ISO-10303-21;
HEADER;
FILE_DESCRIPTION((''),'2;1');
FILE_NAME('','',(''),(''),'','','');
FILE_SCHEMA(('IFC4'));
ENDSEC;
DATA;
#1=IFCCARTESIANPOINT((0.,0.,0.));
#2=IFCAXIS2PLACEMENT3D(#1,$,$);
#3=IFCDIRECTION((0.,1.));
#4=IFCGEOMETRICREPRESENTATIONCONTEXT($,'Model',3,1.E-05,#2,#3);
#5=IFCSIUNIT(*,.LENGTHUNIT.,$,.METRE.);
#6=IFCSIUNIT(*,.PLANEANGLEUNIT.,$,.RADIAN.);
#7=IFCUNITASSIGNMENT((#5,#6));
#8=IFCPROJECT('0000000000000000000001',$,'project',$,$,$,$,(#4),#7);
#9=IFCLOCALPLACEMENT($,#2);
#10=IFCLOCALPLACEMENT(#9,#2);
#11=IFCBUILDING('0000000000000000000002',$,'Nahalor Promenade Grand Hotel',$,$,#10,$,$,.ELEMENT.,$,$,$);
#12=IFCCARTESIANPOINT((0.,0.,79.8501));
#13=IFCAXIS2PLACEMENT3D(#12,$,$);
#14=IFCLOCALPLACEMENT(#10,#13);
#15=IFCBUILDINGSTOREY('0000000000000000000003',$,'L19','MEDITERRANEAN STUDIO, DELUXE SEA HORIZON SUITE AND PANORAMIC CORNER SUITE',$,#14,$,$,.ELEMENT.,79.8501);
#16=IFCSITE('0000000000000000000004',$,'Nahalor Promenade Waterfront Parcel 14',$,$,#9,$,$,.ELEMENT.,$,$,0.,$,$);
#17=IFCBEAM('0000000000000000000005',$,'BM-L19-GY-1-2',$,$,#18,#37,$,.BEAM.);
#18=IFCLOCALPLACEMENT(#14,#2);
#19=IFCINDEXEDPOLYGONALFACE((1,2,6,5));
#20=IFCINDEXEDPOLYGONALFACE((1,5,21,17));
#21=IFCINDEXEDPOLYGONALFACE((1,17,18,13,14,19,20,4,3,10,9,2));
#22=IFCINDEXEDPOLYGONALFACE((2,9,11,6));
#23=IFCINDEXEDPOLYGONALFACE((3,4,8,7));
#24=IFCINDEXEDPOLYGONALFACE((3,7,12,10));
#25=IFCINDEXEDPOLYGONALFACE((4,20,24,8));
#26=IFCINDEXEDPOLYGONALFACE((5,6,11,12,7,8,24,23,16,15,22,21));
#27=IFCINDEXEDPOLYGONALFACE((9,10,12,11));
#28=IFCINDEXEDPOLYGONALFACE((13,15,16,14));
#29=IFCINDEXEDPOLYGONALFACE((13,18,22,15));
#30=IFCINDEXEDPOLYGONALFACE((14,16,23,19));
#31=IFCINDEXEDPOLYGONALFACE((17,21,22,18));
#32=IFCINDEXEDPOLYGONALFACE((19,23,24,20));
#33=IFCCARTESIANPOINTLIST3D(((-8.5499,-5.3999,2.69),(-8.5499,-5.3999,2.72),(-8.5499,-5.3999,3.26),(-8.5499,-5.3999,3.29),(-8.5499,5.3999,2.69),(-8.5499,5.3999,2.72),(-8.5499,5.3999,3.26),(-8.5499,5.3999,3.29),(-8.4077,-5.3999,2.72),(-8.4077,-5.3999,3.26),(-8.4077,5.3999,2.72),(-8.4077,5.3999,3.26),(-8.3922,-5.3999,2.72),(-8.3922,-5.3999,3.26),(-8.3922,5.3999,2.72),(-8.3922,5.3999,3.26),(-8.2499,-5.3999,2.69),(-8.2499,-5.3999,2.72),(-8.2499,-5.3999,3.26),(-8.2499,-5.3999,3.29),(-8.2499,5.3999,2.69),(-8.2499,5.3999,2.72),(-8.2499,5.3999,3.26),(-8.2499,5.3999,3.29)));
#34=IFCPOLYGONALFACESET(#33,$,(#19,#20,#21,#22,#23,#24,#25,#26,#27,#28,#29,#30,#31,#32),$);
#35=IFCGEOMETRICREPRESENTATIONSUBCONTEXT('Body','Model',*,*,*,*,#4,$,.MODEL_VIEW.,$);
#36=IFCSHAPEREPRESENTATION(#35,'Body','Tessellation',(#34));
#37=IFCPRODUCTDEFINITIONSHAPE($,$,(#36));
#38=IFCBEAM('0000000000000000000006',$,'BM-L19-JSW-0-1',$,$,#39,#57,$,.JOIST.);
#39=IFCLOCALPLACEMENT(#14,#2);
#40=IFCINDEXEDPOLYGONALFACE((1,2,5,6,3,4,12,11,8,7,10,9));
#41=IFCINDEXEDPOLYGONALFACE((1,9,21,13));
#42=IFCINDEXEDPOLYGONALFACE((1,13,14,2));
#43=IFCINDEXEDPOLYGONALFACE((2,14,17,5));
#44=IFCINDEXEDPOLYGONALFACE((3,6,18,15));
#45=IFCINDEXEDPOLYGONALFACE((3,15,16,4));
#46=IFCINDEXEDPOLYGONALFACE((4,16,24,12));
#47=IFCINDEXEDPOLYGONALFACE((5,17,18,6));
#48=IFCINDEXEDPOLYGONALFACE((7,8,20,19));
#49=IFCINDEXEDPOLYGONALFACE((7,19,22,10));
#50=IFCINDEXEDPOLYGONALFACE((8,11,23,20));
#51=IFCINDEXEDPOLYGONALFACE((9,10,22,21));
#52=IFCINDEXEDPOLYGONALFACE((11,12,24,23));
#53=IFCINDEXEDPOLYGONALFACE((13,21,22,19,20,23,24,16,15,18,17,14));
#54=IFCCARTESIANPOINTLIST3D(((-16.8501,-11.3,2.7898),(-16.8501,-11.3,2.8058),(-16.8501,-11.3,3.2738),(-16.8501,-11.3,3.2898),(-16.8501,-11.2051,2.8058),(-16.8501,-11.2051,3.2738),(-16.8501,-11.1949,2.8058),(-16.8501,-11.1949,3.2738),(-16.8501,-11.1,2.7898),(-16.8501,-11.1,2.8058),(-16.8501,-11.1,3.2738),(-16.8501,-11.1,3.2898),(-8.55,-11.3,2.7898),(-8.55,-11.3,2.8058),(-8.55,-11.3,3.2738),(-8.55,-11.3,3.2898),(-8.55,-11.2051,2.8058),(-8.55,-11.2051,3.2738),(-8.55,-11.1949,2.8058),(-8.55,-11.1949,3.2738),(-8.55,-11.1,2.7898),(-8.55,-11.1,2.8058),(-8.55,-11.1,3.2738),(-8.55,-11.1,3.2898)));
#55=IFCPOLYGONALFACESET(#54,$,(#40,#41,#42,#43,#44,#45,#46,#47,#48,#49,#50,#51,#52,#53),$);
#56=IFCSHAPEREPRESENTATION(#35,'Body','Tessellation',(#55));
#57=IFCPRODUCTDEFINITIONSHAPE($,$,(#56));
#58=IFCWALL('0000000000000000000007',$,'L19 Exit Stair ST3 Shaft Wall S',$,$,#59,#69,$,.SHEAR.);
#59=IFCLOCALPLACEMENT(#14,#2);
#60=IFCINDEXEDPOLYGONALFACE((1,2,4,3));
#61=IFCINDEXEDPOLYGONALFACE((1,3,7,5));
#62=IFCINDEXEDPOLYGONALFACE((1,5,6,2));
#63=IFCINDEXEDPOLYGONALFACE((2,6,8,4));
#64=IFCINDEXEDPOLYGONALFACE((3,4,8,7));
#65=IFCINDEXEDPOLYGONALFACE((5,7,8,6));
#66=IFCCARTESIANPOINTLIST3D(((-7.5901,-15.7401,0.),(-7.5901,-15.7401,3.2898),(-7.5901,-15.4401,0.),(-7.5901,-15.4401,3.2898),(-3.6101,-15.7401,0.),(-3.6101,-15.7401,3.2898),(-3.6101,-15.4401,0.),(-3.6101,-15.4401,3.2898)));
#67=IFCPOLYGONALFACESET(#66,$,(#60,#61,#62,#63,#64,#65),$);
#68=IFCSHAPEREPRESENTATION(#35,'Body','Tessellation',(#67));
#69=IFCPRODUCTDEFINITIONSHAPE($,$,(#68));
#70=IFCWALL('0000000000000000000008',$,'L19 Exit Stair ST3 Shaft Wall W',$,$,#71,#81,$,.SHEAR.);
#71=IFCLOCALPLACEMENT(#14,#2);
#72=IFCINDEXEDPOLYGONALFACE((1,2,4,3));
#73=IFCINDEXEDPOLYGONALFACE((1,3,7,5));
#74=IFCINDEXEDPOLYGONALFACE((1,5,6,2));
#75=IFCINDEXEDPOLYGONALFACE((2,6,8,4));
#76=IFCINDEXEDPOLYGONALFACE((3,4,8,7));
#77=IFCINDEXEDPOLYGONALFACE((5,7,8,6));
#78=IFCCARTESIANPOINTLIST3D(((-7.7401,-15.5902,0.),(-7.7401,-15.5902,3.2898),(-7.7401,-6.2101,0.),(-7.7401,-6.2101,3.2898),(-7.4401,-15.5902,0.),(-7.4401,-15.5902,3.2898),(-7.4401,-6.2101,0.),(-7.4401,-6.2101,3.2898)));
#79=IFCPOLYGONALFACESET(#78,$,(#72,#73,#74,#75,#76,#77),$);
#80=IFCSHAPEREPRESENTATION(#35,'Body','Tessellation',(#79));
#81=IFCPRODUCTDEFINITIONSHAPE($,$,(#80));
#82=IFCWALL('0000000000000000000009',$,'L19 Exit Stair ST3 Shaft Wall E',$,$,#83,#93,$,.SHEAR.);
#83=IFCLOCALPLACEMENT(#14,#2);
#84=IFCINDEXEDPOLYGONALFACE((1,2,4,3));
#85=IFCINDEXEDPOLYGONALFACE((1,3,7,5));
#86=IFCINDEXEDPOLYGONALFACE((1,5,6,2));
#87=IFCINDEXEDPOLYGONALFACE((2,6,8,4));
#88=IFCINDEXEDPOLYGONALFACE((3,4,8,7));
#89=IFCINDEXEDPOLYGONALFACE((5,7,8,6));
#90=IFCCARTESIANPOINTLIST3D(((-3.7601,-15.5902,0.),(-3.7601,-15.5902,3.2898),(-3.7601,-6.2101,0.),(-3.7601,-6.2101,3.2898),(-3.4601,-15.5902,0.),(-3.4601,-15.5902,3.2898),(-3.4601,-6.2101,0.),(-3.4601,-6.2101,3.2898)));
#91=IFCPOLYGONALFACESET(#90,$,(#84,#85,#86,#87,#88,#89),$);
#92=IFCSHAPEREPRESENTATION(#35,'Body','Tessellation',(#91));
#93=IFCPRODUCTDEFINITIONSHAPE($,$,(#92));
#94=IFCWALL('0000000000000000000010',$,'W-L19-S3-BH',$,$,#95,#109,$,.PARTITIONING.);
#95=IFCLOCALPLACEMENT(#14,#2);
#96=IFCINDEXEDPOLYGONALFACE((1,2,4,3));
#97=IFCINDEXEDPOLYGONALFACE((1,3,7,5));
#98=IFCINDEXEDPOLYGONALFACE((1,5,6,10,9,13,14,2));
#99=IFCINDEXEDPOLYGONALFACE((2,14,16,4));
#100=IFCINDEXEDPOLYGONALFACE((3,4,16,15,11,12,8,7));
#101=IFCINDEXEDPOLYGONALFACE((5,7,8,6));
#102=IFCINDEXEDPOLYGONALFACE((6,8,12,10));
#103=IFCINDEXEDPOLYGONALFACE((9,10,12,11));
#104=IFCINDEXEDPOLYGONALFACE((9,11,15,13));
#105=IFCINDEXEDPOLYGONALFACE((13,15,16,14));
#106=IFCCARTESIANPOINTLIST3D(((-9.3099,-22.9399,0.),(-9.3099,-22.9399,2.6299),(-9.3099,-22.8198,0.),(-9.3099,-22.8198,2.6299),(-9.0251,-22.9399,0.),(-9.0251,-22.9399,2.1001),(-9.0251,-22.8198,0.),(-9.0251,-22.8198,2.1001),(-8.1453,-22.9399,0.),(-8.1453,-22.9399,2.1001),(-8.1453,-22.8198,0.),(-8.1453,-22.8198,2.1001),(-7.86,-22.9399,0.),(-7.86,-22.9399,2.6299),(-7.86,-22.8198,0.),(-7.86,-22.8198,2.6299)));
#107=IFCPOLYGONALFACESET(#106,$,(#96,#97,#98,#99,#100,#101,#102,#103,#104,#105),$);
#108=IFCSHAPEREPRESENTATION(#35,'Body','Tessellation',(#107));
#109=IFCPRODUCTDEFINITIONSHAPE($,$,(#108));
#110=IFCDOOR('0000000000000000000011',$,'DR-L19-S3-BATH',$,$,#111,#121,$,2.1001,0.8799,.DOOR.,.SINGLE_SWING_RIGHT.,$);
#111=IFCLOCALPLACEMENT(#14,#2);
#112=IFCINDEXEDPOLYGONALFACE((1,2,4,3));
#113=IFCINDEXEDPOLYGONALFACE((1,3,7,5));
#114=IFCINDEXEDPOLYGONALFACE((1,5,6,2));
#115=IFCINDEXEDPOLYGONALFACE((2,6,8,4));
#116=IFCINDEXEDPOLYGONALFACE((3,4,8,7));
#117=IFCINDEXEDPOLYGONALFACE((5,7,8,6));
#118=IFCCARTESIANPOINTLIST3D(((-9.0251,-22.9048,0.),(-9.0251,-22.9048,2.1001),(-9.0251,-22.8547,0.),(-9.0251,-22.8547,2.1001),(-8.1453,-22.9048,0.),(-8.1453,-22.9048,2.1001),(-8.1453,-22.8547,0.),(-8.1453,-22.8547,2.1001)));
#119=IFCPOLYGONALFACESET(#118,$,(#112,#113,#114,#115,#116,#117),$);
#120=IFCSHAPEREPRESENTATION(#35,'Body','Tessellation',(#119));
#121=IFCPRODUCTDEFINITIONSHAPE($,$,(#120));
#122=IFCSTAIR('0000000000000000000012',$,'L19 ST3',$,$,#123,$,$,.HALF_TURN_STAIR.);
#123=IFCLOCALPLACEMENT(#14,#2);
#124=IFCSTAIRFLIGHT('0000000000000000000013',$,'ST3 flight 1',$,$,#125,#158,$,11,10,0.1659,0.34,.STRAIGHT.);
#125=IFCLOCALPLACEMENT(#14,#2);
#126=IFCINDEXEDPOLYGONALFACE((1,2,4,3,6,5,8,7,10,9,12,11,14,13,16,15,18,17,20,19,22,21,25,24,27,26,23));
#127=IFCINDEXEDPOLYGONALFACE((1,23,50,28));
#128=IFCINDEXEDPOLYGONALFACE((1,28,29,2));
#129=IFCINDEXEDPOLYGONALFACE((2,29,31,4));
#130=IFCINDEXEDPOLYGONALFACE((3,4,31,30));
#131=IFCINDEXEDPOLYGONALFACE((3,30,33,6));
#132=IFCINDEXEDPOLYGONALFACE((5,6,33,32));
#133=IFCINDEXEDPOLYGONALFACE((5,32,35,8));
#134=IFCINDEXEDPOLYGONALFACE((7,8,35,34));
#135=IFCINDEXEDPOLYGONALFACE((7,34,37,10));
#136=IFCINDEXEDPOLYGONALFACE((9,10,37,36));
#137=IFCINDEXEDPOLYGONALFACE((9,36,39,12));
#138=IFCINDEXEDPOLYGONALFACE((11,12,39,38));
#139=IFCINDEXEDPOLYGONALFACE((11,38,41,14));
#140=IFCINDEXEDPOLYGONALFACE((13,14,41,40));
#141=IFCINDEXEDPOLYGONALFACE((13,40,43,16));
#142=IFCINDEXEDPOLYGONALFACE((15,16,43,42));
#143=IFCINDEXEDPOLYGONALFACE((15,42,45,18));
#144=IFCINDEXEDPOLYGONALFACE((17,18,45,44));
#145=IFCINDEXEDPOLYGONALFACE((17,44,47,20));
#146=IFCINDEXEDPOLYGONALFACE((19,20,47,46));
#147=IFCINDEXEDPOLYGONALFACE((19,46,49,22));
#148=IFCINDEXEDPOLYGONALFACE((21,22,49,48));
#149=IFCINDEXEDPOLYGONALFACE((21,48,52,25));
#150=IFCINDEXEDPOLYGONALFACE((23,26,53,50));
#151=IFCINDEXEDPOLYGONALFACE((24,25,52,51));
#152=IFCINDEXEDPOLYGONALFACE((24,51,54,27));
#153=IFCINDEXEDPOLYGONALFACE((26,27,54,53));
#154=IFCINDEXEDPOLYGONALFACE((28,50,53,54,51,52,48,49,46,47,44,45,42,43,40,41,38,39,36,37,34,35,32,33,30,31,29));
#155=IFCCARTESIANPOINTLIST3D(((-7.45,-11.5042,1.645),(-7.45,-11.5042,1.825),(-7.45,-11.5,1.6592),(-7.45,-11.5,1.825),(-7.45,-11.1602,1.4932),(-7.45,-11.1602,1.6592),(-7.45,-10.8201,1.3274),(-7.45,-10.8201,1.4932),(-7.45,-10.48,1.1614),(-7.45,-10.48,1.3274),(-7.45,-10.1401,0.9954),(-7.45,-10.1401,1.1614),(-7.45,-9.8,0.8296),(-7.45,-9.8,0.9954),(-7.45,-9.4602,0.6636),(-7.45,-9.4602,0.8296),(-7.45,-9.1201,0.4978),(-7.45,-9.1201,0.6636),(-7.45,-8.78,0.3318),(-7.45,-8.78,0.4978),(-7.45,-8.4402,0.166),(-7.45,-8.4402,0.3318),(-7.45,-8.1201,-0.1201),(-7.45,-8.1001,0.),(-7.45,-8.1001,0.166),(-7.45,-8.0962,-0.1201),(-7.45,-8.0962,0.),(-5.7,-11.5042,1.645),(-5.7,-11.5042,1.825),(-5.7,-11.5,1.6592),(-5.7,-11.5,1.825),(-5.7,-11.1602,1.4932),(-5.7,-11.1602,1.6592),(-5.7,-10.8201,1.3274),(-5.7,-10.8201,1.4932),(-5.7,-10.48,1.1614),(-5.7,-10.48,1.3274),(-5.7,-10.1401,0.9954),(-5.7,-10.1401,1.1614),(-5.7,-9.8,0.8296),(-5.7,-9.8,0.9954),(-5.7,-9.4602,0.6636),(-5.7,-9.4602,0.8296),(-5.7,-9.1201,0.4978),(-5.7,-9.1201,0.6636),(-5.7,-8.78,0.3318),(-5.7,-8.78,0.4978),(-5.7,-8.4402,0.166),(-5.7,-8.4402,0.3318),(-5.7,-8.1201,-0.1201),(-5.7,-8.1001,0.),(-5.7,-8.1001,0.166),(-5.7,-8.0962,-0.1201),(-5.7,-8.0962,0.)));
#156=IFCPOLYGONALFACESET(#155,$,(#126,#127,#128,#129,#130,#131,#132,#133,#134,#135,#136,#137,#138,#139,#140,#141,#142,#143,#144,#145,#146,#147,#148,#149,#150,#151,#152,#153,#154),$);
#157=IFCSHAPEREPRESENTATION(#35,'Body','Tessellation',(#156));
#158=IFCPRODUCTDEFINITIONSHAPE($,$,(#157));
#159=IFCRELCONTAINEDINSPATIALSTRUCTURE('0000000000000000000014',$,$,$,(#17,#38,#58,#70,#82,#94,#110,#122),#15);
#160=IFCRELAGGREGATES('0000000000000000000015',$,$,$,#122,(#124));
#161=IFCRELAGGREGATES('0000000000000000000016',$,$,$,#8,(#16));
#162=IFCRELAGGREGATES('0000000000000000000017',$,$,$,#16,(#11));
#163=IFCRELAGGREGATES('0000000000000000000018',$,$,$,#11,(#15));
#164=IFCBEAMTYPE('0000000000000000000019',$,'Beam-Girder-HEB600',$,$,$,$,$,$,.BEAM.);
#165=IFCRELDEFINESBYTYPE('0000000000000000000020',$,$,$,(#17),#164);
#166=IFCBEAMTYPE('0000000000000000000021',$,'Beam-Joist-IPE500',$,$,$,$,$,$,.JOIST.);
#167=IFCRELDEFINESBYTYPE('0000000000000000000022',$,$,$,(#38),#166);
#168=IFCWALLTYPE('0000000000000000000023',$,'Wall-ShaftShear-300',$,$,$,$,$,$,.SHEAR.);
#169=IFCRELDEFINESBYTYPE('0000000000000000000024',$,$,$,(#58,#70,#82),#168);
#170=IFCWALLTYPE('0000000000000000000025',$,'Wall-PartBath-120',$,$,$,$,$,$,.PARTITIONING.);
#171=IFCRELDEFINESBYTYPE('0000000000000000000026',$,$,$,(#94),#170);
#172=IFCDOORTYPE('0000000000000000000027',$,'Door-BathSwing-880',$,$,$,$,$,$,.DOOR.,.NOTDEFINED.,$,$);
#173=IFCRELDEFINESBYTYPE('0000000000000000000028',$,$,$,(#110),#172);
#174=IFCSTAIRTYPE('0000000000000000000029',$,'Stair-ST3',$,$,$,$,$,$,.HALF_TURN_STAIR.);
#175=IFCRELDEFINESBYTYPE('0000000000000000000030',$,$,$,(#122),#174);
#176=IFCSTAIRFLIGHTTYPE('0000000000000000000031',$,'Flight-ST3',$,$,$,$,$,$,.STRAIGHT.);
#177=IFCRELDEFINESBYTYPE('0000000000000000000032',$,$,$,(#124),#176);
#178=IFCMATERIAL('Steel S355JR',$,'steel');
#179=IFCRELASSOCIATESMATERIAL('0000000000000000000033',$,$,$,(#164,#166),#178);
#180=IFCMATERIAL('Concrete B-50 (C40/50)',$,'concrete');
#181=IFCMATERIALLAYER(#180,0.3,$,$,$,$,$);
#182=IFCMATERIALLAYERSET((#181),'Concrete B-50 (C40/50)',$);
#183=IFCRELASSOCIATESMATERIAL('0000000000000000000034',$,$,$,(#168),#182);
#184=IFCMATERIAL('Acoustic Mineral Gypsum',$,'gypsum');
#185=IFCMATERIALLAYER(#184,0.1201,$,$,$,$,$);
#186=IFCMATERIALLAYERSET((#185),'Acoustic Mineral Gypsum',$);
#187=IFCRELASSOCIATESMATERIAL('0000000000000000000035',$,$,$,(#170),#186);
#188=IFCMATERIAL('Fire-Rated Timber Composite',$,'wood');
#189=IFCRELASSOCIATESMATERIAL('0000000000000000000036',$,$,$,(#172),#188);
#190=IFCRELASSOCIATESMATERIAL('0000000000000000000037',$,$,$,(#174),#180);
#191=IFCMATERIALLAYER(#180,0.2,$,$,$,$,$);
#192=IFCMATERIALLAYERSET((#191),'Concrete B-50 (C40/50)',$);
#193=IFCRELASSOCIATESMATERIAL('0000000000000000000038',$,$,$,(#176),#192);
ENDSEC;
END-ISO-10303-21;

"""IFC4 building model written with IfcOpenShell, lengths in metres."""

from ifc_helpers import new_model, si_unit, direction, frame, frame_2d, origin, origin_2d, place, context, subcontext, project, spatial, polyline, rectangle, i_section, outline, extrude, source, transform, mapped, material, layer, layer_set, material_profile, profile_set, type_object, element, fill, aggregate, save


model = new_model("IFC4")

# Units and contexts
model_context = context("Model", 3, precision=1e-05, world=origin(), true_north=direction((0.0, 1.0)))
body_context = subcontext(model_context, "Body", "Model", "MODEL_VIEW")
ifc_project = project(units=[si_unit("LENGTHUNIT", "METRE"), si_unit("PLANEANGLEUNIT", "RADIAN")], contexts=[model_context])

# Site, building, storey
site_placement = place(None, origin())
site = spatial("IfcSite", under=ifc_project, at=site_placement, Name="Nahalor Promenade Waterfront Parcel 14", CompositionType="ELEMENT", RefElevation=0.0)
building_placement = place(site_placement, origin())
building = spatial("IfcBuilding", under=site, at=building_placement, Name="Nahalor Promenade Grand Hotel", CompositionType="ELEMENT")
storey_placement = place(building_placement, frame((0.0, 0.0, 79.8501)))
storey = spatial("IfcBuildingStorey", under=building, at=storey_placement, Name="L19", Description="MEDITERRANEAN STUDIO, DELUXE SEA HORIZON SUITE AND PANORAMIC CORNER SUITE", CompositionType="ELEMENT", Elevation=79.8501)

# Beams
ifc_material_1 = material(Name="Steel S355JR", Category="steel")
ifc_material_profile_1 = material_profile(ifc_material_1, i_section(OverallWidth=0.3, OverallDepth=0.6, WebThickness=0.0155, FlangeThickness=0.03, at=origin_2d()), Name="HEB 600")
ifc_profile_set_1 = profile_set([ifc_material_profile_1], Name="Steel S355JR")
beam_type_1 = type_object("IfcBeamType", Name="Beam-Girder-HEB600", PredefinedType="BEAM", material=ifc_profile_set_1)
shared_shape_1 = source(origin(), body_context, "Body", "SweptSolid", [
    extrude(i_section(OverallWidth=0.3, OverallDepth=0.6, WebThickness=0.0155, FlangeThickness=0.03, at=origin_2d()), origin(), (0.0, 0.0, 1.0), 10.7998),
])
beam_1_placement = place(storey_placement, frame((-8.3999, -5.3999, 2.99), z_axis=(0.0, 1.0, 0.0), x_axis=(-1.0, 0.0, 0.0)))
element("IfcBeam", 1, at=beam_1_placement, inside=storey, type_object=beam_type_1, Name="BM-L19-GY-1-2", PredefinedType="BEAM", context=body_context, shape_type="MappedRepresentation", body=[
    mapped(shared_shape_1, transform((0.0, 0.0, 0.0), scale=1.0)),
])
ifc_material_profile_2 = material_profile(ifc_material_1, i_section(OverallWidth=0.2, OverallDepth=0.5, WebThickness=0.0102, FlangeThickness=0.016, at=origin_2d()), Name="IPE 500")
ifc_profile_set_2 = profile_set([ifc_material_profile_2], Name="Steel S355JR")
beam_type_2 = type_object("IfcBeamType", Name="Beam-Joist-IPE500", PredefinedType="JOIST", material=ifc_profile_set_2)
shared_shape_2 = source(origin(), body_context, "Body", "SweptSolid", [
    extrude(i_section(OverallWidth=0.2, OverallDepth=0.5, WebThickness=0.0102, FlangeThickness=0.016, at=origin_2d()), origin(), (0.0, 0.0, 1.0), 8.3),
])
beam_2_placement = place(storey_placement, frame((-16.8501, -11.2, 3.0398), z_axis=(1.0, 0.0, 0.0), x_axis=(0.0, 1.0, 0.0)))
element("IfcBeam", 2, at=beam_2_placement, inside=storey, type_object=beam_type_2, Name="BM-L19-JSW-0-1", PredefinedType="JOIST", context=body_context, shape_type="MappedRepresentation", body=[
    mapped(shared_shape_2, transform((0.0, 0.0, 0.0), scale=1.0)),
])

# Wall
ifc_material_2 = material(Name="Concrete B-50 (C40/50)", Category="concrete")
ifc_layer_1 = layer(ifc_material_2, 0.3)
ifc_layer_set_1 = layer_set([ifc_layer_1], Name="Concrete B-50 (C40/50)")
wall_type_1 = type_object("IfcWallType", Name="Wall-ShaftShear-300", PredefinedType="SHEAR", material=ifc_layer_set_1)
shared_shape_3 = source(origin(), body_context, "Body", "SweptSolid", [
    extrude(rectangle(XDim=3.98, YDim=0.3, at=frame_2d((1.99, 0.0))), origin(), (0.0, 0.0, 1.0), 3.2898),
])
wall_1_placement = place(storey_placement, frame((-7.5901, -15.5901, 0.0), z_axis=(0.0, 0.0, 1.0), x_axis=(1.0, 0.0, 0.0)))
element("IfcWall", 3, at=wall_1_placement, inside=storey, type_object=wall_type_1, Name="L19 Exit Stair ST3 Shaft Wall S", PredefinedType="SHEAR", context=body_context, shape_type="MappedRepresentation", body=[
    mapped(shared_shape_3, transform((0.0, 0.0, 0.0), scale=1.0)),
])

# Walls
shared_shape_4 = source(origin(), body_context, "Body", "SweptSolid", [
    extrude(rectangle(XDim=9.3801, YDim=0.3, at=frame_2d((4.6899, 0.0))), origin(), (0.0, 0.0, 1.0), 3.2898),
])
for number, where, z_axis, x_axis, name in (
    (4, (-7.5901, -15.5901, 0.0), (0.0, 0.0, 1.0), (0.0, 1.0, 0.0), "L19 Exit Stair ST3 Shaft Wall W"),
    (5, (-3.6101, -15.5901, 0.0), (0.0, 0.0, 1.0), (0.0, 1.0, 0.0), "L19 Exit Stair ST3 Shaft Wall E"),
):
    element("IfcWall", number, at=place(storey_placement, frame(where, z_axis=z_axis, x_axis=x_axis)), inside=storey, type_object=wall_type_1, Name=name, PredefinedType="SHEAR", context=body_context, shape_type="MappedRepresentation", body=[
        mapped(shared_shape_4, transform((0.0, 0.0, 0.0), scale=1.0)),
    ])

# Wall, opening, door
ifc_material_3 = material(Name="Acoustic Mineral Gypsum", Category="gypsum")
ifc_layer_2 = layer(ifc_material_3, 0.1201)
ifc_layer_set_2 = layer_set([ifc_layer_2], Name="Acoustic Mineral Gypsum")
wall_type_2 = type_object("IfcWallType", Name="Wall-PartBath-120", PredefinedType="PARTITIONING", material=ifc_layer_set_2)
shared_shape_5 = source(origin(), body_context, "Body", "SweptSolid", [
    extrude(rectangle(XDim=1.45, YDim=0.1201, at=frame_2d((0.7251, 0.0))), origin(), (0.0, 0.0, 1.0), 2.6299),
])
wall_2_placement = place(storey_placement, frame((-9.3101, -22.8799, 0.0), z_axis=(0.0, 0.0, 1.0), x_axis=(1.0, 0.0, 0.0)))
wall_2 = element("IfcWall", 6, at=wall_2_placement, inside=storey, type_object=wall_type_2, Name="W-L19-S3-BH", PredefinedType="PARTITIONING", context=body_context, shape_type="MappedRepresentation", body=[
    mapped(shared_shape_5, transform((0.0, 0.0, 0.0), scale=1.0)),
])
opening_1_placement = place(wall_2_placement, frame((0.2849, 0.0, 0.0)))
opening_1 = element("IfcOpeningElement", 7, at=opening_1_placement, cuts=wall_2, PredefinedType="OPENING", context=body_context, shape_type="SweptSolid", body=[
    extrude(rectangle(XDim=0.8799, YDim=2.1001, at=frame_2d((0.4399, 1.05))), frame((0.0, 0.0701, 0.0), z_axis=(0.0, -1.0, 0.0), x_axis=(1.0, 0.0, 0.0)), (0.0, 0.0, 1.0), 0.1401),
])
ifc_material_4 = material(Name="Fire-Rated Timber Composite", Category="wood")
door_type_1 = type_object("IfcDoorType", Name="Door-BathSwing-880", OperationType="NOTDEFINED", PredefinedType="DOOR", material=ifc_material_4)
shared_shape_6 = source(origin(), body_context, "Body", "SweptSolid", [
    extrude(rectangle(XDim=0.8799, YDim=2.1001, at=frame_2d((0.4399, 1.05))), frame((0.0, 0.0249, 0.0), z_axis=(0.0, -1.0, 0.0), x_axis=(1.0, 0.0, 0.0)), (0.0, 0.0, 1.0), 0.05),
])
door_1_placement = place(opening_1_placement, frame((0.8799, 0.0, 0.0), z_axis=(0.0, 0.0, 1.0), x_axis=(-1.0, 0.0, 0.0)))
door_1 = element("IfcDoor", 8, at=door_1_placement, inside=storey, type_object=door_type_1, Name="DR-L19-S3-BATH", OperationType="SINGLE_SWING_RIGHT", OverallHeight=2.1001, OverallWidth=0.8799, PredefinedType="DOOR", context=body_context, shape_type="MappedRepresentation", body=[
    mapped(shared_shape_6, transform((0.0, 0.0, 0.0), scale=1.0)),
])
fill(opening_1, door_1)

# Stair, stair flight
stair_type = type_object("IfcStairType", Name="Stair-ST3", PredefinedType="HALF_TURN_STAIR", material=ifc_material_2)
stair_placement = place(storey_placement, origin())
stair = element("IfcStair", 9, at=stair_placement, inside=storey, type_object=stair_type, Name="L19 ST3", PredefinedType="HALF_TURN_STAIR")
ifc_layer_3 = layer(ifc_material_2, 0.2)
ifc_layer_set_3 = layer_set([ifc_layer_3], Name="Concrete B-50 (C40/50)")
stair_flight_type = type_object("IfcStairFlightType", Name="Flight-ST3", PredefinedType="STRAIGHT", material=ifc_layer_set_3)
shared_shape_7 = source(origin(), body_context, "Body", "SweptSolid", [
    extrude(outline(polyline([(-0.0039, -0.1201), (-0.0039, 0.0), (0.0, 0.0), (0.0, 0.166), (0.3401, 0.166), (0.3401, 0.3318), (0.6799, 0.3318), (0.6799, 0.4978), (1.02, 0.4978), (1.02, 0.6636), (1.3601, 0.6636), (1.3601, 0.8296), (1.7, 0.8296), (1.7, 0.9954), (2.04, 0.9954), (2.04, 1.1614), (2.3799, 1.1614), (2.3799, 1.3274), (2.72, 1.3274), (2.72, 1.4932), (3.0601, 1.4932), (3.0601, 1.6592), (3.3999, 1.6592), (3.3999, 1.825), (3.4041, 1.825), (3.4041, 1.645), (0.02, -0.1201), (-0.0039, -0.1201)])), frame((0.0, 0.875, 0.0), z_axis=(0.0, -1.0, 0.0), x_axis=(1.0, 0.0, 0.0)), (0.0, 0.0, 1.0), 1.75),
])
stair_flight_1_placement = place(storey_placement, frame((-6.575, -8.1001, 0.0), z_axis=(0.0, 0.0, 1.0), x_axis=(0.0, -1.0, 0.0)))
stair_flight_1 = element("IfcStairFlight", 10, at=stair_flight_1_placement, type_object=stair_flight_type, Name="ST3 flight 1", NumberOfRisers=11, NumberOfTreads=10, PredefinedType="STRAIGHT", RiserHeight=0.1659, TreadLength=0.34, context=body_context, shape_type="MappedRepresentation", body=[
    mapped(shared_shape_7, transform((0.0, 0.0, 0.0), scale=1.0)),
])
aggregate(stair, [stair_flight_1])

save(model, "model.ifc")
